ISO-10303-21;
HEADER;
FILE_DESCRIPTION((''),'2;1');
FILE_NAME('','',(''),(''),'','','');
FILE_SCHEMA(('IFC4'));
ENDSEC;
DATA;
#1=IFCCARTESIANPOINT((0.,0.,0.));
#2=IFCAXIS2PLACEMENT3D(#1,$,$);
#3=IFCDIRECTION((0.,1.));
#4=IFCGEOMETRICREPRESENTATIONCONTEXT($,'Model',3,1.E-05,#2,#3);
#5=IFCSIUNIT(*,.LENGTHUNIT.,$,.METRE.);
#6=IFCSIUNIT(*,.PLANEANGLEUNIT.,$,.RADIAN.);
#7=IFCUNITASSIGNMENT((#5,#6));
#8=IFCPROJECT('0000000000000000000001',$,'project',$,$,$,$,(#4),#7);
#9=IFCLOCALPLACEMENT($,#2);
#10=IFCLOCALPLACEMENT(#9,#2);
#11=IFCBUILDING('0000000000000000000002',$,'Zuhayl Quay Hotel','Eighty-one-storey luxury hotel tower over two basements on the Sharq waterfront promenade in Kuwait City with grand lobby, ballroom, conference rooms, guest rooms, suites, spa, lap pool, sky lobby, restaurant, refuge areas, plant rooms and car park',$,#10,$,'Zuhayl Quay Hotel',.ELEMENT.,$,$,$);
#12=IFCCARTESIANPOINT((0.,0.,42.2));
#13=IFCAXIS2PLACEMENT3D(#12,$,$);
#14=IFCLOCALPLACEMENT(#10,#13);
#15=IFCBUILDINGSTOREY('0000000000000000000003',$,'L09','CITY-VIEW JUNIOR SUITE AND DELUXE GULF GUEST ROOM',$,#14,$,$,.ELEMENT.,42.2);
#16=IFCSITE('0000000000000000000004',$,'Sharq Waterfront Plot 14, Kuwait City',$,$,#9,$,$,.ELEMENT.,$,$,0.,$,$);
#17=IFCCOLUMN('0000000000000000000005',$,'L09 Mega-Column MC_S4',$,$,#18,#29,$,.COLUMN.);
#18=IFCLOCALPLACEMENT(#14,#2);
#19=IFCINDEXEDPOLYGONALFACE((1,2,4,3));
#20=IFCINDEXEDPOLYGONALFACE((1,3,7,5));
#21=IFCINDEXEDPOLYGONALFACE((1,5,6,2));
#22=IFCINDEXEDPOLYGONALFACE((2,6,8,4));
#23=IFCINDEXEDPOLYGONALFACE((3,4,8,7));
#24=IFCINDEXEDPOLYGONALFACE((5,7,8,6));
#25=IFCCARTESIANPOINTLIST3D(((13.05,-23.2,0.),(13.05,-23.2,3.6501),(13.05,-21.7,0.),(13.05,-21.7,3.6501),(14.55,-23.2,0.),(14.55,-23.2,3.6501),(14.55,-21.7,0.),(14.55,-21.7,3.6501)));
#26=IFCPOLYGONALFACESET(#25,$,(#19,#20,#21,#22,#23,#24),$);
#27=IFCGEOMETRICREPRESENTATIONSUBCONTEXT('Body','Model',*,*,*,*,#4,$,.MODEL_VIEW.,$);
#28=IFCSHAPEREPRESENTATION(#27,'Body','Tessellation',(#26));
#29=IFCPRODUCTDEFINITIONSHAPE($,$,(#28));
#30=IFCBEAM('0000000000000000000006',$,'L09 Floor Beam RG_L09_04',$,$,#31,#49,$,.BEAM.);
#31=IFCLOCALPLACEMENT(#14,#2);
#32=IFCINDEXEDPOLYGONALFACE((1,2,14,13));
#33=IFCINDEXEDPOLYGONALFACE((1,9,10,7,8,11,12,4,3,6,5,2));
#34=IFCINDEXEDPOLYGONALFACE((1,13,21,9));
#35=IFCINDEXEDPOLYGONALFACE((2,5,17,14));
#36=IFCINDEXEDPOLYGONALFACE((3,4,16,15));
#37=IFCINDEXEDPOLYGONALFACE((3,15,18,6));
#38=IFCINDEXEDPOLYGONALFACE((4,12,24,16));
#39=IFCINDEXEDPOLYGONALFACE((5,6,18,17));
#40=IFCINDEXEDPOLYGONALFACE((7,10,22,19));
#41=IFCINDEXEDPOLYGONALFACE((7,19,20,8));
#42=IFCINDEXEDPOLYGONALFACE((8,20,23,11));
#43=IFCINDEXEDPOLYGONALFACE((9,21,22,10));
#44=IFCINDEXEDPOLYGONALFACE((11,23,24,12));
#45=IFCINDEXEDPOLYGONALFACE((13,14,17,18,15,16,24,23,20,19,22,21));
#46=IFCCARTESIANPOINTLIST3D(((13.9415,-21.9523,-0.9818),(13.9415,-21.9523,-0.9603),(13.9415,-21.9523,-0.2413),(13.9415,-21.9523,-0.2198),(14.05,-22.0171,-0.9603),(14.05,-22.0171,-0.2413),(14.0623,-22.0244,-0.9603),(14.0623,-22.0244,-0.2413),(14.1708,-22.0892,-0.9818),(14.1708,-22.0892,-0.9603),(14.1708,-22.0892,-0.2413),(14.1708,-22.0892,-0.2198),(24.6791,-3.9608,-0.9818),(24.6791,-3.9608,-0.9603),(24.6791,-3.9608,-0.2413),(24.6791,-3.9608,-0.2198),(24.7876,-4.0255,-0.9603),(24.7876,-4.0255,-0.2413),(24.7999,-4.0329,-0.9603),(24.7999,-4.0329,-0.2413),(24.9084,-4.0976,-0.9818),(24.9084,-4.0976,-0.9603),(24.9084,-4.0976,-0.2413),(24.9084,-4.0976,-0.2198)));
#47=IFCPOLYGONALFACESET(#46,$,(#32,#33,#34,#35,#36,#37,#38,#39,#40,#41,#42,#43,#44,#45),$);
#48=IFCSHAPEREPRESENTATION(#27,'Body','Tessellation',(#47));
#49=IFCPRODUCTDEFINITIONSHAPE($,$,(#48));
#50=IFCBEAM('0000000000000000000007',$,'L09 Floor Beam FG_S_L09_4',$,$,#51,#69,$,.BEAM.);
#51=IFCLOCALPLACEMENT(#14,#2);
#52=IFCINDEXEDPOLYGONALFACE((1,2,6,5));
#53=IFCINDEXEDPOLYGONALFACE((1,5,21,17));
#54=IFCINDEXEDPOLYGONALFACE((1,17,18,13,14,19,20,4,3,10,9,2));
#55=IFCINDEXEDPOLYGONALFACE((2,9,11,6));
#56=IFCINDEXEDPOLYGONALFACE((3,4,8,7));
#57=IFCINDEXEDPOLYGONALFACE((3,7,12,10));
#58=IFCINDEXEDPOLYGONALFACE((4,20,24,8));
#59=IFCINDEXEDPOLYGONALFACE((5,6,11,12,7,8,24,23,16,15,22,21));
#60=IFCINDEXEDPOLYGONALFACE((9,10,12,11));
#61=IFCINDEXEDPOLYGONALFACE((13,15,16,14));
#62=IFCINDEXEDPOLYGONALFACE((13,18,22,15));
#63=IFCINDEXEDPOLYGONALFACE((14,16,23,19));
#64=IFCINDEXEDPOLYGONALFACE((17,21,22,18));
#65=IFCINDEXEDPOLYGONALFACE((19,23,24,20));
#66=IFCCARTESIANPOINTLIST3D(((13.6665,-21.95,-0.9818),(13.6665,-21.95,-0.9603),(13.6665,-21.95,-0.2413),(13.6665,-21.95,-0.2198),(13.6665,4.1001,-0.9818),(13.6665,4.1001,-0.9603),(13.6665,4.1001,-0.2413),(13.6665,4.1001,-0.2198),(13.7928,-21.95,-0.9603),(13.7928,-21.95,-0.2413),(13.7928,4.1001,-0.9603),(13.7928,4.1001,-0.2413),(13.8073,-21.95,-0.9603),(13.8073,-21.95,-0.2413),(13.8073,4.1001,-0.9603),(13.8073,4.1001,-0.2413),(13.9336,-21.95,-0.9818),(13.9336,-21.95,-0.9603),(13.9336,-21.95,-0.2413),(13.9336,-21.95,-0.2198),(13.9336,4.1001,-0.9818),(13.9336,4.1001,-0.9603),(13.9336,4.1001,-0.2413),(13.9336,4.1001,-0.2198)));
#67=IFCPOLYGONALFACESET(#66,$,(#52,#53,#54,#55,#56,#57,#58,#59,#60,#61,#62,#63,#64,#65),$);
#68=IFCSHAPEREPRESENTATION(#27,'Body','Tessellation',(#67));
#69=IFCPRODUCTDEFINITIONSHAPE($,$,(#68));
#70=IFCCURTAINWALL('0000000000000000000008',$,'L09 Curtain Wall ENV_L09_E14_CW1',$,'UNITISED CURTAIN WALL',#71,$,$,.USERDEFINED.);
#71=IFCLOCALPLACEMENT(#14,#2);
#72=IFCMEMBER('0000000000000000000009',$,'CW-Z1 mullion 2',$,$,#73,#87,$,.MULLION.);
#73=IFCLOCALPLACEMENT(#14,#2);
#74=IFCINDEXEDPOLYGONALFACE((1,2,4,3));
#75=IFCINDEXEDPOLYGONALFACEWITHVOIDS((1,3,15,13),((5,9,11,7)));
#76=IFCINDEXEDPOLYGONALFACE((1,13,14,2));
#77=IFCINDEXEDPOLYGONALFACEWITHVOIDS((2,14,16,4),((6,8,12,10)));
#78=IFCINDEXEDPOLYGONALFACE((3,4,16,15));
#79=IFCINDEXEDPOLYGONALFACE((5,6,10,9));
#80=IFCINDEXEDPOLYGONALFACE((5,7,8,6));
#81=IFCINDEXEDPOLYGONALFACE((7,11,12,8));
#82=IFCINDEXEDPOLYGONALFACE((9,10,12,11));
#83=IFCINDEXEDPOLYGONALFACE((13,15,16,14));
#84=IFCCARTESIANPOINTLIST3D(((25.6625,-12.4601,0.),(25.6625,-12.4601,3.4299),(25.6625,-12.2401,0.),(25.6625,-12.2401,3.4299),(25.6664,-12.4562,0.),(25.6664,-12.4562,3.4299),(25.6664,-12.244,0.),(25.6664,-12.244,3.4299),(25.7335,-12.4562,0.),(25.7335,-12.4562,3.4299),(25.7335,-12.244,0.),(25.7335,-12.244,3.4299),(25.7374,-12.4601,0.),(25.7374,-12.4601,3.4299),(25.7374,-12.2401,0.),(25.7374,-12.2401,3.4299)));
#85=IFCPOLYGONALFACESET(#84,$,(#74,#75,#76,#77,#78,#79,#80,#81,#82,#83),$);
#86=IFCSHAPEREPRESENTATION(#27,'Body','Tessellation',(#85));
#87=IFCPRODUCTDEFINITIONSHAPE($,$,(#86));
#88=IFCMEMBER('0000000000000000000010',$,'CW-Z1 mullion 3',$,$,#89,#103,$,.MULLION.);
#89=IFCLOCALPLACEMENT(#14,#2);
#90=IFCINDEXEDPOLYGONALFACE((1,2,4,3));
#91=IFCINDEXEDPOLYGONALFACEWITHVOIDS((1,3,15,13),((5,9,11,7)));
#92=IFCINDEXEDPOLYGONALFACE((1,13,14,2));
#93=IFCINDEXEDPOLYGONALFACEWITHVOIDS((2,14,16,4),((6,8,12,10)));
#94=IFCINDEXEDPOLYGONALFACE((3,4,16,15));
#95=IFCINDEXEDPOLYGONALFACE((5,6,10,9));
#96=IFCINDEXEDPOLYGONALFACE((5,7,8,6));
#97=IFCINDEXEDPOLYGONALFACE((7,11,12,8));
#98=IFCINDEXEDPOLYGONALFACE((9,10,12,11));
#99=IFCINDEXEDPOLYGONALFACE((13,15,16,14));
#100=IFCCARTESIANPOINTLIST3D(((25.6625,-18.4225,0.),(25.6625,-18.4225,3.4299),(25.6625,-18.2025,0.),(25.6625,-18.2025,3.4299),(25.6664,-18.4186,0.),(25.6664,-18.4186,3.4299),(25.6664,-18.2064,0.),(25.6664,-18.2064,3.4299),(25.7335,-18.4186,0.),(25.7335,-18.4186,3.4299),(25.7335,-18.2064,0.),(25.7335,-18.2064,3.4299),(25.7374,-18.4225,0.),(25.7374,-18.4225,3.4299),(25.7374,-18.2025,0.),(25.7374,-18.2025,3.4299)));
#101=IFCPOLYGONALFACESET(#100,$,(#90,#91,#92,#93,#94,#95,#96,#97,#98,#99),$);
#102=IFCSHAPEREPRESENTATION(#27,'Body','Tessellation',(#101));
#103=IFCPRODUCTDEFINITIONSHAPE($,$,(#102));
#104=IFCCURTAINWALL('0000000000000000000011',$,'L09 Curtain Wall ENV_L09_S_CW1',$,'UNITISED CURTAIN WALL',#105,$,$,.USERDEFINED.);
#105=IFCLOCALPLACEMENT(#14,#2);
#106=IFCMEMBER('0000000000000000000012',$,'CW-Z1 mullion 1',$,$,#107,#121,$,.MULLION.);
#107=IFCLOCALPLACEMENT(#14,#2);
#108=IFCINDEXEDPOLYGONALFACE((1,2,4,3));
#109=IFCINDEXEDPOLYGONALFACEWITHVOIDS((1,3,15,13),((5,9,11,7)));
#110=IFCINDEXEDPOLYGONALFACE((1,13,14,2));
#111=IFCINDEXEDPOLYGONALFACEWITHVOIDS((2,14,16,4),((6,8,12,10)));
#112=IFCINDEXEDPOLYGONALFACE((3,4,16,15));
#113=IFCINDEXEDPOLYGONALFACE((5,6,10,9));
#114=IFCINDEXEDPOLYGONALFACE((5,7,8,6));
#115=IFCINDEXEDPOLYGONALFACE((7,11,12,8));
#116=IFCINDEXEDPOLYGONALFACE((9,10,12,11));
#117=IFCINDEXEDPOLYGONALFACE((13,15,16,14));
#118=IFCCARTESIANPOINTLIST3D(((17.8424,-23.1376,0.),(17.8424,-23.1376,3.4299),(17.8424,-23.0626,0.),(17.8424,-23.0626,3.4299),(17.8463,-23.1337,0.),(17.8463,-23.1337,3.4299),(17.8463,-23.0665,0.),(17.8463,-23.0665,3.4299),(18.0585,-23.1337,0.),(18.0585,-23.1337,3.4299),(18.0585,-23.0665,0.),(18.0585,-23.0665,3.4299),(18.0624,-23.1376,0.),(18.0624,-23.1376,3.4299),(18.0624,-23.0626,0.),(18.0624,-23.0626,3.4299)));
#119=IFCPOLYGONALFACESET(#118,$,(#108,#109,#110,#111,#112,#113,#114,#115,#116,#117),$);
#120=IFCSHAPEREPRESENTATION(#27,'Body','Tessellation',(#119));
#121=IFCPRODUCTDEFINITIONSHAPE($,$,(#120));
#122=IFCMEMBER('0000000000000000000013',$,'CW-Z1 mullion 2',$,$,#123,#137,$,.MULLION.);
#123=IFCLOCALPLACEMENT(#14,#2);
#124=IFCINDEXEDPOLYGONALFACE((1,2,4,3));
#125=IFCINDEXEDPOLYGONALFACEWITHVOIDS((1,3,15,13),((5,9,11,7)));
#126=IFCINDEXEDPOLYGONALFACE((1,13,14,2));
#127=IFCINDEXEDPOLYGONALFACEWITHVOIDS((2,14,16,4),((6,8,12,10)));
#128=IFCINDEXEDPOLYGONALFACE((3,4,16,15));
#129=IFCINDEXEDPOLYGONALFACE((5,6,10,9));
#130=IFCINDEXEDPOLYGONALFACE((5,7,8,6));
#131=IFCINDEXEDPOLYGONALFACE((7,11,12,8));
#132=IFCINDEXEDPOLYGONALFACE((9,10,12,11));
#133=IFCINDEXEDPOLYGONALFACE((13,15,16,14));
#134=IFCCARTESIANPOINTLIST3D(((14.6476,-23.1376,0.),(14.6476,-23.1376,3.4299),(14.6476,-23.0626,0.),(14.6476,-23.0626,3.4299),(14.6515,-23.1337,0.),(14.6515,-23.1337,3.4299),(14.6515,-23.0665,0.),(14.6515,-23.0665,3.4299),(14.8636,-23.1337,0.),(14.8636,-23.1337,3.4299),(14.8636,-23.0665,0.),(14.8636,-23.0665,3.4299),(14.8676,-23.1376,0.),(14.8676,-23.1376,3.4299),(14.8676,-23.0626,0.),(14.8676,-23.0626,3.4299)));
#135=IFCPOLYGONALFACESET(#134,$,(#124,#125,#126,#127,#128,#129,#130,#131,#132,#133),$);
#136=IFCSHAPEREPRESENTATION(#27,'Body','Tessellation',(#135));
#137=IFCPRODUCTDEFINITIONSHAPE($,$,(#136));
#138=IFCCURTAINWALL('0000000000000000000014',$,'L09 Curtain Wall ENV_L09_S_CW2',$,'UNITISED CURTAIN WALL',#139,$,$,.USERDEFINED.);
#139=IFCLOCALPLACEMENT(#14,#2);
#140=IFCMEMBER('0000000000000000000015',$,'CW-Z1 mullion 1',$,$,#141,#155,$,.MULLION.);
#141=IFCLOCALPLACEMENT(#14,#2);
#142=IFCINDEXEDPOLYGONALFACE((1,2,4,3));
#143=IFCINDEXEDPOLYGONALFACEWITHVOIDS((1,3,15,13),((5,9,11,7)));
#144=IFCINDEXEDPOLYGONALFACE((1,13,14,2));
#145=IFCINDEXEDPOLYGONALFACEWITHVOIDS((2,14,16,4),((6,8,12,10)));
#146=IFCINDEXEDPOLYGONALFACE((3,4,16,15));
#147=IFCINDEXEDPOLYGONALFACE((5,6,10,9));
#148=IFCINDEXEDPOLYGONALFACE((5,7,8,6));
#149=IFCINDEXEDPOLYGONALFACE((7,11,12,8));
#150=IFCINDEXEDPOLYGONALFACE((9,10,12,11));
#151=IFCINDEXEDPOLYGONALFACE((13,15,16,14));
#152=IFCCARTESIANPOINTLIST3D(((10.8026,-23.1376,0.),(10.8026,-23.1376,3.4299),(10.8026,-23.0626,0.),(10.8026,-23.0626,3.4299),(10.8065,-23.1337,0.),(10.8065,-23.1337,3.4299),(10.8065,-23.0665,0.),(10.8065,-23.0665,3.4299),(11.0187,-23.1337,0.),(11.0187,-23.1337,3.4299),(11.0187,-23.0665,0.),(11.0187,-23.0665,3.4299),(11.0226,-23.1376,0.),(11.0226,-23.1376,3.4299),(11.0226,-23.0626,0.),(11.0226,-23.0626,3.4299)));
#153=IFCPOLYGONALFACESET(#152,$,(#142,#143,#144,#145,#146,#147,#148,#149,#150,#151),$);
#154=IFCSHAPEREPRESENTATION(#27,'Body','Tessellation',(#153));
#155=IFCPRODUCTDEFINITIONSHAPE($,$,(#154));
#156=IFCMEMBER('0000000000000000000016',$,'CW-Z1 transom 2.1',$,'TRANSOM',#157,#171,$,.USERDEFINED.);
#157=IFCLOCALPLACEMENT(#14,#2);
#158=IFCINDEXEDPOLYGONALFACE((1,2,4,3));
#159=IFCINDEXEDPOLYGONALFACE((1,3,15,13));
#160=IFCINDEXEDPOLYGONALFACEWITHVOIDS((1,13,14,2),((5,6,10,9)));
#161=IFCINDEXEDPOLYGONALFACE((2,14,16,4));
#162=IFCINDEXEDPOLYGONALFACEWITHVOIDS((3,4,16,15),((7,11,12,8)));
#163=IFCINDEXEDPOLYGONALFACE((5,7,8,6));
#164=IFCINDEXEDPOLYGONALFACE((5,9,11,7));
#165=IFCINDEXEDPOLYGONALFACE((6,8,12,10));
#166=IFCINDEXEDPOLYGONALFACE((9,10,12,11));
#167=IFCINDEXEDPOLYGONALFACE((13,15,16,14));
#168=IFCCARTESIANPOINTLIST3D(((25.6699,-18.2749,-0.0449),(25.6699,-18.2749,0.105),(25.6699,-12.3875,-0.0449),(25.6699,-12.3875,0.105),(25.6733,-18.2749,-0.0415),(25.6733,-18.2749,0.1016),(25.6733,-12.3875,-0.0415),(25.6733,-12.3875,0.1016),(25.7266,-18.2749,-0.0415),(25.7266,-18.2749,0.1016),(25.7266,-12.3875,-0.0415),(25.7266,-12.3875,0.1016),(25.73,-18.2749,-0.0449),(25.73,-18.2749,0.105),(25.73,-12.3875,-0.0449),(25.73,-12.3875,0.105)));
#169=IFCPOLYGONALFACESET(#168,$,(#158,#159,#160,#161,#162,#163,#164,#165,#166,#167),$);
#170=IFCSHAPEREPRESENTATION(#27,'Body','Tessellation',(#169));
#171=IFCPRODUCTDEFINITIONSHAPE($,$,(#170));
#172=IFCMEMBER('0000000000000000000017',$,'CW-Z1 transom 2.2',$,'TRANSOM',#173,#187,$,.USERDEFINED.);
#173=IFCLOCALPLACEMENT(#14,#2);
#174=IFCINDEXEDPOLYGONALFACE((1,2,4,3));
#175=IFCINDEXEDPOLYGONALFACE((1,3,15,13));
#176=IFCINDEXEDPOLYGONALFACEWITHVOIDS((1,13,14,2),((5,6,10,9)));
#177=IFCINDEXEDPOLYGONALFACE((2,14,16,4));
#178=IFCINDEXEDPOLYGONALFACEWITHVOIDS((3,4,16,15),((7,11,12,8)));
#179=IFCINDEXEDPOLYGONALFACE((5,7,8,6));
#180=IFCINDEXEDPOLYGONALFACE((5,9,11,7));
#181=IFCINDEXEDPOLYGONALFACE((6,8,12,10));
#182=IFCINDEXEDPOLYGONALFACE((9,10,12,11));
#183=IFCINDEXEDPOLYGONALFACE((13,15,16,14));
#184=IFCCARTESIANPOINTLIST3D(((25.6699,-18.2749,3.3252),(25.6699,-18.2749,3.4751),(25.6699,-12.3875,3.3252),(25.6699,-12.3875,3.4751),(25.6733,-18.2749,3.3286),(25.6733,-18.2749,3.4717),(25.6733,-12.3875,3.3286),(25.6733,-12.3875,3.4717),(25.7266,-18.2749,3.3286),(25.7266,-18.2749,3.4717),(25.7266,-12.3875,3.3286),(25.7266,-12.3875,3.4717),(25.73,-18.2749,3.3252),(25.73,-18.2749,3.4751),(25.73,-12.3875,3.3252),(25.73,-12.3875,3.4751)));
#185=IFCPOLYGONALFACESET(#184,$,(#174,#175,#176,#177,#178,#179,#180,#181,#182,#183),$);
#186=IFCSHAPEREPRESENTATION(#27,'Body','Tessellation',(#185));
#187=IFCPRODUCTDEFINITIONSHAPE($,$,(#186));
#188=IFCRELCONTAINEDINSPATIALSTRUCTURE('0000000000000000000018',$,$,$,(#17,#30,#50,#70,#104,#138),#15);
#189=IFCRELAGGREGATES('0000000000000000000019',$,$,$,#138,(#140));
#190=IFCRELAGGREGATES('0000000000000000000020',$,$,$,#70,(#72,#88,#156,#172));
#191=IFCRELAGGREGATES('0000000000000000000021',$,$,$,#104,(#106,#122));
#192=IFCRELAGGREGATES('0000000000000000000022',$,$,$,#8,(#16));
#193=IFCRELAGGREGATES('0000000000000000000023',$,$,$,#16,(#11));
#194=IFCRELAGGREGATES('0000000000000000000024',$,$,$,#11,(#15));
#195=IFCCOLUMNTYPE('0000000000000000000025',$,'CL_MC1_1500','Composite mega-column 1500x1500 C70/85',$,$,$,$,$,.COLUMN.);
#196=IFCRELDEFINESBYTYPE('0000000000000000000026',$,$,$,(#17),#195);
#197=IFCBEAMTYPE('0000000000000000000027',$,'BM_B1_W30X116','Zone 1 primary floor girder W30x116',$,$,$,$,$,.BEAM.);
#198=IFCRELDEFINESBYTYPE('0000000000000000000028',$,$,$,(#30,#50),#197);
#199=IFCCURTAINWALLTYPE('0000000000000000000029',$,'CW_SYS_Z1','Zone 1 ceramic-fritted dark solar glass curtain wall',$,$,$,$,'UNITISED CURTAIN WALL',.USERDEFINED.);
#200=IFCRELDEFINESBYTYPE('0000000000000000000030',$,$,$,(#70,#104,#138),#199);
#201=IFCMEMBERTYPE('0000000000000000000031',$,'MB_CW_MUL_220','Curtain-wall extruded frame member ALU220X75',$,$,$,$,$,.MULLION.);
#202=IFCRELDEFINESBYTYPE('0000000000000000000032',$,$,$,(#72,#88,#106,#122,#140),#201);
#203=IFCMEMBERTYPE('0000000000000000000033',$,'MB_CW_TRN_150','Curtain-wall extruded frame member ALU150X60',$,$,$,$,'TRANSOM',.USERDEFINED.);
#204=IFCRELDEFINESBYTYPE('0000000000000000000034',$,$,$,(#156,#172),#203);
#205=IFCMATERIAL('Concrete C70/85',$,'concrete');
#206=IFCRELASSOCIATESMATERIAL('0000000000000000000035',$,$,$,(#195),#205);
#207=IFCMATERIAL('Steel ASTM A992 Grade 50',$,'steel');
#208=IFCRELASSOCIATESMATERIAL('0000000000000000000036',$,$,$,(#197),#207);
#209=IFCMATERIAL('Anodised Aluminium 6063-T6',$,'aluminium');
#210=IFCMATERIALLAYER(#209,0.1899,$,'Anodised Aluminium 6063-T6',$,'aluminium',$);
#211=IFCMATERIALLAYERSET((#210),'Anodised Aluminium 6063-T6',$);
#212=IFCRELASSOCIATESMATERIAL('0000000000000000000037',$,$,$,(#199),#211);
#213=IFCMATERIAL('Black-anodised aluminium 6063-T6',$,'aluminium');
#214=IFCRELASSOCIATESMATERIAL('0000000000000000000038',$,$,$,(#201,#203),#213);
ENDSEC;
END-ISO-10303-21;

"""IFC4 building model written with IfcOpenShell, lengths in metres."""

from ifc_helpers import new_model, si_unit, direction, frame, origin, origin_2d, place, context, subcontext, project, spatial, rectangle, hollow_rectangle, i_section, extrude, material, layer, layer_set, material_profile, profile_set, type_object, element, aggregate, save


model = new_model("IFC4")

# Units and contexts
model_context = context("Model", 3, precision=1e-05, world=origin(), true_north=direction((0.0, 1.0)))
body_context = subcontext(model_context, "Body", "Model", "MODEL_VIEW")
ifc_project = project(units=[si_unit("LENGTHUNIT", "METRE"), si_unit("PLANEANGLEUNIT", "RADIAN")], contexts=[model_context])

# Site, building, storey
site_placement = place(None, origin())
site = spatial("IfcSite", under=ifc_project, at=site_placement, Name="Sharq Waterfront Plot 14, Kuwait City", CompositionType="ELEMENT", RefElevation=0.0)
building_placement = place(site_placement, origin())
building = spatial("IfcBuilding", under=site, at=building_placement, Name="Zuhayl Quay Hotel", Description="Eighty-one-storey luxury hotel tower over two basements on the Sharq waterfront promenade in Kuwait City with grand lobby, ballroom, conference rooms, guest rooms, suites, spa, lap pool, sky lobby, restaurant, refuge areas, plant rooms and car park", LongName="Zuhayl Quay Hotel", CompositionType="ELEMENT")
storey_placement = place(building_placement, frame((0.0, 0.0, 42.2)))
storey = spatial("IfcBuildingStorey", under=building, at=storey_placement, Name="L09", Description="CITY-VIEW JUNIOR SUITE AND DELUXE GULF GUEST ROOM", CompositionType="ELEMENT", Elevation=42.2)

# Column
ifc_material_1 = material(Name="Concrete C70/85", Category="concrete")
ifc_material_profile_1 = material_profile(ifc_material_1, rectangle(XDim=1.5, YDim=1.5, at=origin_2d()), Name="RC1500X1500")
ifc_profile_set_1 = profile_set([ifc_material_profile_1], Name="Concrete C70/85")
column_type = type_object("IfcColumnType", Name="CL_MC1_1500", Description="Composite mega-column 1500x1500 C70/85", PredefinedType="COLUMN", material=ifc_profile_set_1)
column_placement = place(storey_placement, frame((13.8, -22.45, 0.0), z_axis=(0.0, 0.0, 1.0), x_axis=(1.0, 0.0, 0.0)))
element("IfcColumn", 1, at=column_placement, inside=storey, type_object=column_type, Name="L09 Mega-Column MC_S4", PredefinedType="COLUMN", context=body_context, shape_type="SweptSolid", body=[
    extrude(rectangle(XDim=1.5, YDim=1.5, at=origin_2d()), origin(), (0.0, 0.0, 1.0), 3.6501),
])

# Beams
ifc_material_2 = material(Name="Steel ASTM A992 Grade 50", Category="steel")
ifc_material_profile_2 = material_profile(ifc_material_2, i_section(OverallWidth=0.2671, OverallDepth=0.762, WebThickness=0.0144, FlangeThickness=0.0215, at=origin_2d()), Name="W30X116")
ifc_profile_set_2 = profile_set([ifc_material_profile_2], Name="Steel ASTM A992 Grade 50")
beam_type = type_object("IfcBeamType", Name="BM_B1_W30X116", Description="Zone 1 primary floor girder W30x116", PredefinedType="BEAM", material=ifc_profile_set_2)
beam_1_placement = place(storey_placement, frame((14.0562, -22.0208, -0.6008), z_axis=(0.512483, 0.858698, 0.0), x_axis=(-0.858698, 0.512483, 0.0)))
element("IfcBeam", 2, at=beam_1_placement, inside=storey, type_object=beam_type, Name="L09 Floor Beam RG_L09_04", PredefinedType="BEAM", context=body_context, shape_type="SweptSolid", body=[
    extrude(i_section(OverallWidth=0.2671, OverallDepth=0.762, WebThickness=0.0144, FlangeThickness=0.0215, at=origin_2d()), origin(), (0.0, 0.0, 1.0), 20.9521),
])
beam_2_placement = place(storey_placement, frame((13.8, -21.95, -0.6008), z_axis=(0.0, 1.0, 0.0), x_axis=(-1.0, 0.0, 0.0)))
element("IfcBeam", 3, at=beam_2_placement, inside=storey, type_object=beam_type, Name="L09 Floor Beam FG_S_L09_4", PredefinedType="BEAM", context=body_context, shape_type="SweptSolid", body=[
    extrude(i_section(OverallWidth=0.2671, OverallDepth=0.762, WebThickness=0.0144, FlangeThickness=0.0215, at=origin_2d()), origin(), (0.0, 0.0, 1.0), 26.05),
])

# Curtain walls, members
ifc_material_3 = material(Name="Anodised Aluminium 6063-T6", Category="aluminium")
ifc_layer_1 = layer(ifc_material_3, 0.1899, Name="Anodised Aluminium 6063-T6", Category="aluminium")
ifc_layer_set_1 = layer_set([ifc_layer_1], Name="Anodised Aluminium 6063-T6")
curtain_wall_type = type_object("IfcCurtainWallType", Name="CW_SYS_Z1", Description="Zone 1 ceramic-fritted dark solar glass curtain wall", ElementType="UNITISED CURTAIN WALL", PredefinedType="USERDEFINED", material=ifc_layer_set_1)
curtain_wall_1_placement = place(storey_placement, origin())
curtain_wall_1 = element("IfcCurtainWall", 4, at=curtain_wall_1_placement, inside=storey, type_object=curtain_wall_type, Name="L09 Curtain Wall ENV_L09_E14_CW1", ObjectType="UNITISED CURTAIN WALL", PredefinedType="USERDEFINED")
ifc_material_4 = material(Name="Black-anodised aluminium 6063-T6", Category="aluminium")
ifc_material_profile_3 = material_profile(ifc_material_4, hollow_rectangle(XDim=0.075, YDim=0.22, WallThickness=0.0039, at=origin_2d()), Name="ALU220X75")
ifc_profile_set_3 = profile_set([ifc_material_profile_3], Name="Black-anodised aluminium 6063-T6")
member_type_1 = type_object("IfcMemberType", Name="MB_CW_MUL_220", Description="Curtain-wall extruded frame member ALU220X75", PredefinedType="MULLION", material=ifc_profile_set_3)
member_1_placement = place(storey_placement, frame((25.7, -12.3501, 0.0), z_axis=(0.0, 0.0, 1.0), x_axis=(1.0, 0.0, 0.0)))
member_1 = element("IfcMember", 5, at=member_1_placement, type_object=member_type_1, Name="CW-Z1 mullion 2", PredefinedType="MULLION", context=body_context, shape_type="SweptSolid", body=[
    extrude(hollow_rectangle(XDim=0.075, YDim=0.22, WallThickness=0.0039, at=origin_2d()), origin(), (0.0, 0.0, 1.0), 3.4299),
])
member_2_placement = place(storey_placement, frame((25.7, -18.3125, 0.0), z_axis=(0.0, 0.0, 1.0), x_axis=(1.0, 0.0, 0.0)))
member_2 = element("IfcMember", 6, at=member_2_placement, type_object=member_type_1, Name="CW-Z1 mullion 3", PredefinedType="MULLION", context=body_context, shape_type="SweptSolid", body=[
    extrude(hollow_rectangle(XDim=0.075, YDim=0.22, WallThickness=0.0039, at=origin_2d()), origin(), (0.0, 0.0, 1.0), 3.4299),
])
curtain_wall_2_placement = place(storey_placement, origin())
curtain_wall_2 = element("IfcCurtainWall", 7, at=curtain_wall_2_placement, inside=storey, type_object=curtain_wall_type, Name="L09 Curtain Wall ENV_L09_S_CW1", ObjectType="UNITISED CURTAIN WALL", PredefinedType="USERDEFINED")
member_3_placement = place(storey_placement, frame((17.9524, -23.1001, 0.0), z_axis=(0.0, 0.0, 1.0), x_axis=(0.0, -1.0, 0.0)))
member_3 = element("IfcMember", 8, at=member_3_placement, type_object=member_type_1, Name="CW-Z1 mullion 1", PredefinedType="MULLION", context=body_context, shape_type="SweptSolid", body=[
    extrude(hollow_rectangle(XDim=0.075, YDim=0.22, WallThickness=0.0039, at=origin_2d()), origin(), (0.0, 0.0, 1.0), 3.4299),
])
member_4_placement = place(storey_placement, frame((14.7576, -23.1001, 0.0), z_axis=(0.0, 0.0, 1.0), x_axis=(0.0, -1.0, 0.0)))
member_4 = element("IfcMember", 9, at=member_4_placement, type_object=member_type_1, Name="CW-Z1 mullion 2", PredefinedType="MULLION", context=body_context, shape_type="SweptSolid", body=[
    extrude(hollow_rectangle(XDim=0.075, YDim=0.22, WallThickness=0.0039, at=origin_2d()), origin(), (0.0, 0.0, 1.0), 3.4299),
])

# Curtain wall, member
curtain_wall_3_placement = place(storey_placement, origin())
curtain_wall_3 = element("IfcCurtainWall", 10, at=curtain_wall_3_placement, inside=storey, type_object=curtain_wall_type, Name="L09 Curtain Wall ENV_L09_S_CW2", ObjectType="UNITISED CURTAIN WALL", PredefinedType="USERDEFINED")
member_5_placement = place(storey_placement, frame((10.9126, -23.1001, 0.0), z_axis=(0.0, 0.0, 1.0), x_axis=(0.0, -1.0, 0.0)))
member_5 = element("IfcMember", 11, at=member_5_placement, type_object=member_type_1, Name="CW-Z1 mullion 1", PredefinedType="MULLION", context=body_context, shape_type="SweptSolid", body=[
    extrude(hollow_rectangle(XDim=0.075, YDim=0.22, WallThickness=0.0039, at=origin_2d()), origin(), (0.0, 0.0, 1.0), 3.4299),
])

# Members
ifc_material_profile_4 = material_profile(ifc_material_4, hollow_rectangle(XDim=0.0601, YDim=0.1499, WallThickness=0.0034, at=origin_2d()), Name="ALU150X60")
ifc_profile_set_4 = profile_set([ifc_material_profile_4], Name="Black-anodised aluminium 6063-T6")
member_type_2 = type_object("IfcMemberType", Name="MB_CW_TRN_150", Description="Curtain-wall extruded frame member ALU150X60", ElementType="TRANSOM", PredefinedType="USERDEFINED", material=ifc_profile_set_4)
member_6_placement = place(storey_placement, frame((25.7, -12.3875, 0.03), z_axis=(0.0, -1.0, 0.0), x_axis=(1.0, 0.0, 0.0)))
member_6 = element("IfcMember", 12, at=member_6_placement, type_object=member_type_2, Name="CW-Z1 transom 2.1", ObjectType="TRANSOM", PredefinedType="USERDEFINED", context=body_context, shape_type="SweptSolid", body=[
    extrude(hollow_rectangle(XDim=0.0601, YDim=0.1499, WallThickness=0.0034, at=origin_2d()), origin(), (0.0, 0.0, 1.0), 5.8875),
])
member_7_placement = place(storey_placement, frame((25.7, -12.3875, 3.4001), z_axis=(0.0, -1.0, 0.0), x_axis=(1.0, 0.0, 0.0)))
member_7 = element("IfcMember", 13, at=member_7_placement, type_object=member_type_2, Name="CW-Z1 transom 2.2", ObjectType="TRANSOM", PredefinedType="USERDEFINED", context=body_context, shape_type="SweptSolid", body=[
    extrude(hollow_rectangle(XDim=0.0601, YDim=0.1499, WallThickness=0.0034, at=origin_2d()), origin(), (0.0, 0.0, 1.0), 5.8875),
])
aggregate(curtain_wall_3, [member_5])

aggregate(curtain_wall_1, [member_1, member_2, member_6, member_7])
aggregate(curtain_wall_2, [member_3, member_4])

save(model, "model.ifc")
